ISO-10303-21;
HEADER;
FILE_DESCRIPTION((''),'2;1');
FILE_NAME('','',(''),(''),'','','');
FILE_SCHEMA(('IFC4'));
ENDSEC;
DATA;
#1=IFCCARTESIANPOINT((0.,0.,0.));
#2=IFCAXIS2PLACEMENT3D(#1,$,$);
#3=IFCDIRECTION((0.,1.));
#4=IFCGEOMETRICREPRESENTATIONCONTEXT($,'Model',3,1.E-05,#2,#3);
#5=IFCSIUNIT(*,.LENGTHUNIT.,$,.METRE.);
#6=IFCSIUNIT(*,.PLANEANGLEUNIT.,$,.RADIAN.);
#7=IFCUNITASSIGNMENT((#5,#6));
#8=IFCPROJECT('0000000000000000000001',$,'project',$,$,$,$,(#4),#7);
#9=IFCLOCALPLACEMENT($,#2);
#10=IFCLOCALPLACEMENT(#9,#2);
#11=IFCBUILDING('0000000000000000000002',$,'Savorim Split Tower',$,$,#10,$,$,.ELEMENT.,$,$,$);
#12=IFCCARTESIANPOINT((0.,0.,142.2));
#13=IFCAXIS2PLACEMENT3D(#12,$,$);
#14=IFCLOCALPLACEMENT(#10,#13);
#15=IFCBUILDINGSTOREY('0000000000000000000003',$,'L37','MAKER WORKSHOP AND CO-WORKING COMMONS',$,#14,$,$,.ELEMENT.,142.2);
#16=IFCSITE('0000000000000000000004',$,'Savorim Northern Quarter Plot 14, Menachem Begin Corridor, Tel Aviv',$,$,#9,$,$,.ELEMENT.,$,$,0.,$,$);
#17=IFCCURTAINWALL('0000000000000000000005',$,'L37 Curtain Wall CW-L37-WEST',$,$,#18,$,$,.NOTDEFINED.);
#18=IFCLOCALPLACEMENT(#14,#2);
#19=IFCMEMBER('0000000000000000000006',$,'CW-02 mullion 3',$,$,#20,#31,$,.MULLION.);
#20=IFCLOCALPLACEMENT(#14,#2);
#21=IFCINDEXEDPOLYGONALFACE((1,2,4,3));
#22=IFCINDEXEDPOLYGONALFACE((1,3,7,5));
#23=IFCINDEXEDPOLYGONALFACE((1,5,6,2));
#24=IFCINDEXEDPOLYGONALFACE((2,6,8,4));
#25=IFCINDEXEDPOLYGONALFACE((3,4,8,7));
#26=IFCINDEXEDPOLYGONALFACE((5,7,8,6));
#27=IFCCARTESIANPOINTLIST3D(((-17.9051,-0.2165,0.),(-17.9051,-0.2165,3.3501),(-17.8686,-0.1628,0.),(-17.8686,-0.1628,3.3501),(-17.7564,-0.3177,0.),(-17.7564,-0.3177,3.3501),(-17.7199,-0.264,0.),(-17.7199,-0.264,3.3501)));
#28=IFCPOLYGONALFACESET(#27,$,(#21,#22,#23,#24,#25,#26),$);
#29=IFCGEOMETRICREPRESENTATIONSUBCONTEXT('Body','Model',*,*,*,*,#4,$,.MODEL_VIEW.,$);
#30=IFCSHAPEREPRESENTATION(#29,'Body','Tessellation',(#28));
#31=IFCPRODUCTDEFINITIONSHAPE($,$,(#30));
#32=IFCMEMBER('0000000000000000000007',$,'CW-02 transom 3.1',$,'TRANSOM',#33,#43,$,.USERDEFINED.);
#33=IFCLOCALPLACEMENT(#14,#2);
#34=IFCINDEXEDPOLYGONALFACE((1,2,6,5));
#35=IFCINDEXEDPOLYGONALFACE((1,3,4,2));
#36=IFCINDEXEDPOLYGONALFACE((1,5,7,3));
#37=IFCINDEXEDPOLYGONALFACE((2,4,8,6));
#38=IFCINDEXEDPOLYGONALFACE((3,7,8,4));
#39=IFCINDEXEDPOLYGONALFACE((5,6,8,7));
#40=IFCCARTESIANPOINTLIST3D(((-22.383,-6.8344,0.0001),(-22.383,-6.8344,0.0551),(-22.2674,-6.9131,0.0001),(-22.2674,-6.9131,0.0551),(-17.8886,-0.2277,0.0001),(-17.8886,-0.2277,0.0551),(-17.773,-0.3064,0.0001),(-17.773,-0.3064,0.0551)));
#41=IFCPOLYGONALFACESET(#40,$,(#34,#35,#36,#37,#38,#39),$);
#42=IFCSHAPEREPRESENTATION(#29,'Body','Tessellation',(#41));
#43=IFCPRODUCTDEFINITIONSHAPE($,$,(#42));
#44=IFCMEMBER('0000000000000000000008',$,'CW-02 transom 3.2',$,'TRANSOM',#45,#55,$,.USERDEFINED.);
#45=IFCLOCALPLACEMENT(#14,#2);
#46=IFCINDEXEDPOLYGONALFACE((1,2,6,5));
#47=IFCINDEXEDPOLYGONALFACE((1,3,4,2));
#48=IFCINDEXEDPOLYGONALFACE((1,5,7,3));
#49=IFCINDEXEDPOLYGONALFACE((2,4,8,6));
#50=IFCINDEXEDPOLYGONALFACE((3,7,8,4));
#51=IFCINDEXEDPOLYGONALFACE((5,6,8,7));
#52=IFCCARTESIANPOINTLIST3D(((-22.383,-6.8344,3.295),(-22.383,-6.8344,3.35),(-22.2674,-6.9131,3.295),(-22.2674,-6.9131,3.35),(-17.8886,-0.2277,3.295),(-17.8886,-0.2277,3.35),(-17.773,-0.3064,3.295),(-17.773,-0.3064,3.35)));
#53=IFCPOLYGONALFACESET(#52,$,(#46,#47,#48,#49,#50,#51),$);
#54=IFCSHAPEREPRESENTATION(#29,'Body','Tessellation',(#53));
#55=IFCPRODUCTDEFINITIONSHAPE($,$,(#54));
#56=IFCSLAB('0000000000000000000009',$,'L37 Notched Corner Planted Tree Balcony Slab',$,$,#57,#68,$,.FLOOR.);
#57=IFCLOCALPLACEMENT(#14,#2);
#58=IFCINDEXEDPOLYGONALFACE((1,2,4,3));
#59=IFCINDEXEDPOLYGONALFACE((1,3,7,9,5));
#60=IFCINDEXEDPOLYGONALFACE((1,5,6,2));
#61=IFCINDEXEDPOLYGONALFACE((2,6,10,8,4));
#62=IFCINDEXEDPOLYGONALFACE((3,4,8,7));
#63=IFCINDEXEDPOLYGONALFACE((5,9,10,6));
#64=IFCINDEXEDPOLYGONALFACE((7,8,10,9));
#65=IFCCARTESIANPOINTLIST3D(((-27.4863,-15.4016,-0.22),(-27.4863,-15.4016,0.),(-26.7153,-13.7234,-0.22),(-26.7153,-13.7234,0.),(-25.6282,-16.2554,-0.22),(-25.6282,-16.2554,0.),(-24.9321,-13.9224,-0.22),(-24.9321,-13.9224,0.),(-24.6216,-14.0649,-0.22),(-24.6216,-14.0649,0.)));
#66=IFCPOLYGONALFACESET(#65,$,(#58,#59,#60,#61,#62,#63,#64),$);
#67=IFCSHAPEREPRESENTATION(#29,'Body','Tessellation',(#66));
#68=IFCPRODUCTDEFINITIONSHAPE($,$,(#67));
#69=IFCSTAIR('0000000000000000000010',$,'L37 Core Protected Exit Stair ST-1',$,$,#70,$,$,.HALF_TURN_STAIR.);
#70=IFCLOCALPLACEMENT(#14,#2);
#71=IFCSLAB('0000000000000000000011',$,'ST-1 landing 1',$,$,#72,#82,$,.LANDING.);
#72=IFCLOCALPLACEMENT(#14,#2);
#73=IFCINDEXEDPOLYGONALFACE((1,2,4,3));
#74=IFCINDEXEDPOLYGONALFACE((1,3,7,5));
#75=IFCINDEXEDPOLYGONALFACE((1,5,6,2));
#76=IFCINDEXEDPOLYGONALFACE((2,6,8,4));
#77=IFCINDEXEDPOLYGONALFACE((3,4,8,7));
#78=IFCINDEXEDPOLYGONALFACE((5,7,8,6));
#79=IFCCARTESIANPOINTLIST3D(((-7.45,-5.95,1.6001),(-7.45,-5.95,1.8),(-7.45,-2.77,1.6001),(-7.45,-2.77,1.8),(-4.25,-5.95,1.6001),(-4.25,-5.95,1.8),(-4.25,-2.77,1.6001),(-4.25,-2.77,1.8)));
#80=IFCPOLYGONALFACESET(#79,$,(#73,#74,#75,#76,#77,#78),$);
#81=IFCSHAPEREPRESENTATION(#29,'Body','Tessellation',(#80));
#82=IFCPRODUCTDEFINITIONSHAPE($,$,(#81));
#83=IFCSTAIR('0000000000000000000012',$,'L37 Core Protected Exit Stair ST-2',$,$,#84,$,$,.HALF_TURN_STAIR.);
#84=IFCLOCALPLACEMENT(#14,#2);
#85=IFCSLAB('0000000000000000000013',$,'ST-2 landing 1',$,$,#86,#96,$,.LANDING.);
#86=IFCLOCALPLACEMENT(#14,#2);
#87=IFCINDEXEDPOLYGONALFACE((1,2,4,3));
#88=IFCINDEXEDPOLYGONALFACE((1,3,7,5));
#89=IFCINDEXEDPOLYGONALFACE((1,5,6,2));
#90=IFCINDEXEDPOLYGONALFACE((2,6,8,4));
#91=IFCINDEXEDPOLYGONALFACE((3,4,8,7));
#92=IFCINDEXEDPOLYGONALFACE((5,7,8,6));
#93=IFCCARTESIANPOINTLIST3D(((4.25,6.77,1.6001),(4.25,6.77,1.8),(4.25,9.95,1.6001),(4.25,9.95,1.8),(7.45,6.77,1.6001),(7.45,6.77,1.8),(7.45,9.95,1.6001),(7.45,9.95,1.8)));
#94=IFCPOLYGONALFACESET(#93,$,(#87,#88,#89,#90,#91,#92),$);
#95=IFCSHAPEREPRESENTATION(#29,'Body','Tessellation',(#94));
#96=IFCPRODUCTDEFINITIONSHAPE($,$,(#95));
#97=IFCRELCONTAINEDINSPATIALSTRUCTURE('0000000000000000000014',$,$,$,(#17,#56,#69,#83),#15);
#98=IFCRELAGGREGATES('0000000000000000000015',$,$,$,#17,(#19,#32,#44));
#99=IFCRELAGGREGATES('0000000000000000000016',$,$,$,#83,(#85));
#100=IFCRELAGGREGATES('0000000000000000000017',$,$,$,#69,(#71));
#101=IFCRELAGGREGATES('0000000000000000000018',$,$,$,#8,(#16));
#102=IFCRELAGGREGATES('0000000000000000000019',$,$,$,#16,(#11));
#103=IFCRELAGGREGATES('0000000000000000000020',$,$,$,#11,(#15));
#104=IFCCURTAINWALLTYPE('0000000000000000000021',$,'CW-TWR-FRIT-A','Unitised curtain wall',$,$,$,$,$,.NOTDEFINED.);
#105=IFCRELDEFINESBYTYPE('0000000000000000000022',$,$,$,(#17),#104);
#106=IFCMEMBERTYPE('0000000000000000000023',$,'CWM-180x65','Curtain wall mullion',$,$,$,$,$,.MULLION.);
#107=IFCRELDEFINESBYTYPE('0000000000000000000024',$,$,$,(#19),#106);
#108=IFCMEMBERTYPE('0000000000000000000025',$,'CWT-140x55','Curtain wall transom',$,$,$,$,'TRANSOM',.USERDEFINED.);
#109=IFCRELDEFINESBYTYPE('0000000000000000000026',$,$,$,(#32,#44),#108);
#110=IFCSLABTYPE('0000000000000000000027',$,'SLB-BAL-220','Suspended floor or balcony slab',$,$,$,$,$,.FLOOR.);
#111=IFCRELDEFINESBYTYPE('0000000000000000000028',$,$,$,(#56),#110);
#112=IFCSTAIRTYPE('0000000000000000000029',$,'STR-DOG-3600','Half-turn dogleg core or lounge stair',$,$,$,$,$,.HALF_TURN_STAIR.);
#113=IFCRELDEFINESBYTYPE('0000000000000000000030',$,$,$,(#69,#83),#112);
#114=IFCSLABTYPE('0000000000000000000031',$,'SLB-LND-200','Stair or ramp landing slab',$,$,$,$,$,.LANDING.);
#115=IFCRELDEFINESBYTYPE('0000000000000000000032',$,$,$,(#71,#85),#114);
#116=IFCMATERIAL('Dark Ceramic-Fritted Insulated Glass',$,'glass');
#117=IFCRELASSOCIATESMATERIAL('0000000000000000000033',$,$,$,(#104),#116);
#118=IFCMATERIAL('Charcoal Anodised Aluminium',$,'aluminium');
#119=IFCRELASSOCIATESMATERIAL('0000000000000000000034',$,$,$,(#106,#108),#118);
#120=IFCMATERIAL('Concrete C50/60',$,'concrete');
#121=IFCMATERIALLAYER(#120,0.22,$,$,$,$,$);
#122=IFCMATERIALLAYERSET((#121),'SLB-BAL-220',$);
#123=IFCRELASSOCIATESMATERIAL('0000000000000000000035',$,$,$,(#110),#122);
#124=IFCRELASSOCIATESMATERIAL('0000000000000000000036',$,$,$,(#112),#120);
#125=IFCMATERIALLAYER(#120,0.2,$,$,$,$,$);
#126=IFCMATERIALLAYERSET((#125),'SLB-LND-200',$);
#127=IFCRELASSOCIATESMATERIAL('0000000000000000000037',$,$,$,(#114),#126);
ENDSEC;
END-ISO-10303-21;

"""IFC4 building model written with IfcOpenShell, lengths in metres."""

from ifc_helpers import new_model, si_unit, direction, frame, origin, origin_2d, place, context, subcontext, project, spatial, polyline, rectangle, outline, extrude, material, layer, layer_set, material_profile, profile_set, type_object, element, aggregate, save


model = new_model("IFC4")

# Units and contexts
model_context = context("Model", 3, precision=1e-05, world=origin(), true_north=direction((0.0, 1.0)))
body_context = subcontext(model_context, "Body", "Model", "MODEL_VIEW")
ifc_project = project(units=[si_unit("LENGTHUNIT", "METRE"), si_unit("PLANEANGLEUNIT", "RADIAN")], contexts=[model_context])

# Site, building, storey
site_placement = place(None, origin())
site = spatial("IfcSite", under=ifc_project, at=site_placement, Name="Savorim Northern Quarter Plot 14, Menachem Begin Corridor, Tel Aviv", CompositionType="ELEMENT", RefElevation=0.0)
building_placement = place(site_placement, origin())
building = spatial("IfcBuilding", under=site, at=building_placement, Name="Savorim Split Tower", CompositionType="ELEMENT")
storey_placement = place(building_placement, frame((0.0, 0.0, 142.2)))
storey = spatial("IfcBuildingStorey", under=building, at=storey_placement, Name="L37", Description="MAKER WORKSHOP AND CO-WORKING COMMONS", CompositionType="ELEMENT", Elevation=142.2)

# Curtain wall, members
ifc_material_1 = material(Name="Dark Ceramic-Fritted Insulated Glass", Category="glass")
curtain_wall_type = type_object("IfcCurtainWallType", Name="CW-TWR-FRIT-A", Description="Unitised curtain wall", PredefinedType="NOTDEFINED", material=ifc_material_1)
curtain_wall_placement = place(storey_placement, origin())
curtain_wall = element("IfcCurtainWall", 1, at=curtain_wall_placement, inside=storey, type_object=curtain_wall_type, Name="L37 Curtain Wall CW-L37-WEST", PredefinedType="NOTDEFINED")
ifc_material_2 = material(Name="Charcoal Anodised Aluminium", Category="aluminium")
ifc_material_profile_1 = material_profile(ifc_material_2, rectangle(XDim=0.1799, YDim=0.0649, at=origin_2d()), Name="ALU-M 180x65")
ifc_profile_set_1 = profile_set([ifc_material_profile_1], Name="Charcoal Anodised Aluminium")
member_type_1 = type_object("IfcMemberType", Name="CWM-180x65", Description="Curtain wall mullion", PredefinedType="MULLION", material=ifc_profile_set_1)
member_1_placement = place(storey_placement, frame((-17.8125, -0.2402, 0.0), z_axis=(0.0, 0.0, 1.0), x_axis=(0.82682, -0.562466, 0.0)))
member_1 = element("IfcMember", 2, at=member_1_placement, type_object=member_type_1, Name="CW-02 mullion 3", PredefinedType="MULLION", context=body_context, shape_type="SweptSolid", body=[
    extrude(rectangle(XDim=0.1799, YDim=0.0649, at=origin_2d()), origin(), (0.0, 0.0, 1.0), 3.3501),
])
ifc_material_profile_2 = material_profile(ifc_material_2, rectangle(XDim=0.1399, YDim=0.0549, at=origin_2d()), Name="ALU-T 140x55")
ifc_profile_set_2 = profile_set([ifc_material_profile_2], Name="Charcoal Anodised Aluminium")
member_type_2 = type_object("IfcMemberType", Name="CWT-140x55", Description="Curtain wall transom", ElementType="TRANSOM", PredefinedType="USERDEFINED", material=ifc_profile_set_2)
member_2_placement = place(storey_placement, frame((-17.8308, -0.2671, 0.0276), z_axis=(-0.562467, -0.82682, 0.0), x_axis=(0.82682, -0.562467, 0.0)))
member_2 = element("IfcMember", 3, at=member_2_placement, type_object=member_type_2, Name="CW-02 transom 3.1", ObjectType="TRANSOM", PredefinedType="USERDEFINED", context=body_context, shape_type="SweptSolid", body=[
    extrude(rectangle(XDim=0.1399, YDim=0.0549, at=origin_2d()), origin(), (0.0, 0.0, 1.0), 7.9905),
])
member_3_placement = place(storey_placement, frame((-17.8308, -0.2671, 3.3225), z_axis=(-0.562467, -0.82682, 0.0), x_axis=(0.82682, -0.562467, 0.0)))
member_3 = element("IfcMember", 4, at=member_3_placement, type_object=member_type_2, Name="CW-02 transom 3.2", ObjectType="TRANSOM", PredefinedType="USERDEFINED", context=body_context, shape_type="SweptSolid", body=[
    extrude(rectangle(XDim=0.1399, YDim=0.0549, at=origin_2d()), origin(), (0.0, 0.0, 1.0), 7.9905),
])
aggregate(curtain_wall, [member_1, member_2, member_3])

# Slab
ifc_material_3 = material(Name="Concrete C50/60", Category="concrete")
ifc_layer_1 = layer(ifc_material_3, 0.22)
ifc_layer_set_1 = layer_set([ifc_layer_1], Name="SLB-BAL-220")
slab_type_1 = type_object("IfcSlabType", Name="SLB-BAL-220", Description="Suspended floor or balcony slab", PredefinedType="FLOOR", material=ifc_layer_set_1)
slab_1_placement = place(storey_placement, frame((0.0, 0.0, -0.22)))
element("IfcSlab", 5, at=slab_1_placement, inside=storey, type_object=slab_type_1, Name="L37 Notched Corner Planted Tree Balcony Slab", PredefinedType="FLOOR", context=body_context, shape_type="SweptSolid", body=[
    extrude(outline(polyline([(-25.6282, -16.2554), (-24.6216, -14.0649), (-24.9321, -13.9224), (-26.7153, -13.7234), (-27.4863, -15.4016), (-25.6282, -16.2554)])), origin(), (0.0, 0.0, 1.0), 0.22),
])

# Stairs, slabs
stair_type = type_object("IfcStairType", Name="STR-DOG-3600", Description="Half-turn dogleg core or lounge stair", PredefinedType="HALF_TURN_STAIR", material=ifc_material_3)
stair_1_placement = place(storey_placement, origin())
stair_1 = element("IfcStair", 6, at=stair_1_placement, inside=storey, type_object=stair_type, Name="L37 Core Protected Exit Stair ST-1", PredefinedType="HALF_TURN_STAIR")
ifc_layer_2 = layer(ifc_material_3, 0.2)
ifc_layer_set_2 = layer_set([ifc_layer_2], Name="SLB-LND-200")
slab_type_2 = type_object("IfcSlabType", Name="SLB-LND-200", Description="Stair or ramp landing slab", PredefinedType="LANDING", material=ifc_layer_set_2)
slab_2_placement = place(storey_placement, frame((0.0, 0.0, 1.6001)))
slab_2 = element("IfcSlab", 7, at=slab_2_placement, type_object=slab_type_2, Name="ST-1 landing 1", PredefinedType="LANDING", context=body_context, shape_type="SweptSolid", body=[
    extrude(outline(polyline([(-7.45, -2.77), (-7.45, -5.95), (-4.25, -5.95), (-4.25, -2.77), (-7.45, -2.77)])), origin(), (0.0, 0.0, 1.0), 0.2),
])
stair_2_placement = place(storey_placement, origin())
stair_2 = element("IfcStair", 8, at=stair_2_placement, inside=storey, type_object=stair_type, Name="L37 Core Protected Exit Stair ST-2", PredefinedType="HALF_TURN_STAIR")
slab_3_placement = place(storey_placement, frame((0.0, 0.0, 1.6001)))
slab_3 = element("IfcSlab", 9, at=slab_3_placement, type_object=slab_type_2, Name="ST-2 landing 1", PredefinedType="LANDING", context=body_context, shape_type="SweptSolid", body=[
    extrude(outline(polyline([(7.45, 6.77), (7.45, 9.95), (4.25, 9.95), (4.25, 6.77), (7.45, 6.77)])), origin(), (0.0, 0.0, 1.0), 0.2),
])
aggregate(stair_2, [slab_3])

aggregate(stair_1, [slab_2])

save(model, "model.ifc")
